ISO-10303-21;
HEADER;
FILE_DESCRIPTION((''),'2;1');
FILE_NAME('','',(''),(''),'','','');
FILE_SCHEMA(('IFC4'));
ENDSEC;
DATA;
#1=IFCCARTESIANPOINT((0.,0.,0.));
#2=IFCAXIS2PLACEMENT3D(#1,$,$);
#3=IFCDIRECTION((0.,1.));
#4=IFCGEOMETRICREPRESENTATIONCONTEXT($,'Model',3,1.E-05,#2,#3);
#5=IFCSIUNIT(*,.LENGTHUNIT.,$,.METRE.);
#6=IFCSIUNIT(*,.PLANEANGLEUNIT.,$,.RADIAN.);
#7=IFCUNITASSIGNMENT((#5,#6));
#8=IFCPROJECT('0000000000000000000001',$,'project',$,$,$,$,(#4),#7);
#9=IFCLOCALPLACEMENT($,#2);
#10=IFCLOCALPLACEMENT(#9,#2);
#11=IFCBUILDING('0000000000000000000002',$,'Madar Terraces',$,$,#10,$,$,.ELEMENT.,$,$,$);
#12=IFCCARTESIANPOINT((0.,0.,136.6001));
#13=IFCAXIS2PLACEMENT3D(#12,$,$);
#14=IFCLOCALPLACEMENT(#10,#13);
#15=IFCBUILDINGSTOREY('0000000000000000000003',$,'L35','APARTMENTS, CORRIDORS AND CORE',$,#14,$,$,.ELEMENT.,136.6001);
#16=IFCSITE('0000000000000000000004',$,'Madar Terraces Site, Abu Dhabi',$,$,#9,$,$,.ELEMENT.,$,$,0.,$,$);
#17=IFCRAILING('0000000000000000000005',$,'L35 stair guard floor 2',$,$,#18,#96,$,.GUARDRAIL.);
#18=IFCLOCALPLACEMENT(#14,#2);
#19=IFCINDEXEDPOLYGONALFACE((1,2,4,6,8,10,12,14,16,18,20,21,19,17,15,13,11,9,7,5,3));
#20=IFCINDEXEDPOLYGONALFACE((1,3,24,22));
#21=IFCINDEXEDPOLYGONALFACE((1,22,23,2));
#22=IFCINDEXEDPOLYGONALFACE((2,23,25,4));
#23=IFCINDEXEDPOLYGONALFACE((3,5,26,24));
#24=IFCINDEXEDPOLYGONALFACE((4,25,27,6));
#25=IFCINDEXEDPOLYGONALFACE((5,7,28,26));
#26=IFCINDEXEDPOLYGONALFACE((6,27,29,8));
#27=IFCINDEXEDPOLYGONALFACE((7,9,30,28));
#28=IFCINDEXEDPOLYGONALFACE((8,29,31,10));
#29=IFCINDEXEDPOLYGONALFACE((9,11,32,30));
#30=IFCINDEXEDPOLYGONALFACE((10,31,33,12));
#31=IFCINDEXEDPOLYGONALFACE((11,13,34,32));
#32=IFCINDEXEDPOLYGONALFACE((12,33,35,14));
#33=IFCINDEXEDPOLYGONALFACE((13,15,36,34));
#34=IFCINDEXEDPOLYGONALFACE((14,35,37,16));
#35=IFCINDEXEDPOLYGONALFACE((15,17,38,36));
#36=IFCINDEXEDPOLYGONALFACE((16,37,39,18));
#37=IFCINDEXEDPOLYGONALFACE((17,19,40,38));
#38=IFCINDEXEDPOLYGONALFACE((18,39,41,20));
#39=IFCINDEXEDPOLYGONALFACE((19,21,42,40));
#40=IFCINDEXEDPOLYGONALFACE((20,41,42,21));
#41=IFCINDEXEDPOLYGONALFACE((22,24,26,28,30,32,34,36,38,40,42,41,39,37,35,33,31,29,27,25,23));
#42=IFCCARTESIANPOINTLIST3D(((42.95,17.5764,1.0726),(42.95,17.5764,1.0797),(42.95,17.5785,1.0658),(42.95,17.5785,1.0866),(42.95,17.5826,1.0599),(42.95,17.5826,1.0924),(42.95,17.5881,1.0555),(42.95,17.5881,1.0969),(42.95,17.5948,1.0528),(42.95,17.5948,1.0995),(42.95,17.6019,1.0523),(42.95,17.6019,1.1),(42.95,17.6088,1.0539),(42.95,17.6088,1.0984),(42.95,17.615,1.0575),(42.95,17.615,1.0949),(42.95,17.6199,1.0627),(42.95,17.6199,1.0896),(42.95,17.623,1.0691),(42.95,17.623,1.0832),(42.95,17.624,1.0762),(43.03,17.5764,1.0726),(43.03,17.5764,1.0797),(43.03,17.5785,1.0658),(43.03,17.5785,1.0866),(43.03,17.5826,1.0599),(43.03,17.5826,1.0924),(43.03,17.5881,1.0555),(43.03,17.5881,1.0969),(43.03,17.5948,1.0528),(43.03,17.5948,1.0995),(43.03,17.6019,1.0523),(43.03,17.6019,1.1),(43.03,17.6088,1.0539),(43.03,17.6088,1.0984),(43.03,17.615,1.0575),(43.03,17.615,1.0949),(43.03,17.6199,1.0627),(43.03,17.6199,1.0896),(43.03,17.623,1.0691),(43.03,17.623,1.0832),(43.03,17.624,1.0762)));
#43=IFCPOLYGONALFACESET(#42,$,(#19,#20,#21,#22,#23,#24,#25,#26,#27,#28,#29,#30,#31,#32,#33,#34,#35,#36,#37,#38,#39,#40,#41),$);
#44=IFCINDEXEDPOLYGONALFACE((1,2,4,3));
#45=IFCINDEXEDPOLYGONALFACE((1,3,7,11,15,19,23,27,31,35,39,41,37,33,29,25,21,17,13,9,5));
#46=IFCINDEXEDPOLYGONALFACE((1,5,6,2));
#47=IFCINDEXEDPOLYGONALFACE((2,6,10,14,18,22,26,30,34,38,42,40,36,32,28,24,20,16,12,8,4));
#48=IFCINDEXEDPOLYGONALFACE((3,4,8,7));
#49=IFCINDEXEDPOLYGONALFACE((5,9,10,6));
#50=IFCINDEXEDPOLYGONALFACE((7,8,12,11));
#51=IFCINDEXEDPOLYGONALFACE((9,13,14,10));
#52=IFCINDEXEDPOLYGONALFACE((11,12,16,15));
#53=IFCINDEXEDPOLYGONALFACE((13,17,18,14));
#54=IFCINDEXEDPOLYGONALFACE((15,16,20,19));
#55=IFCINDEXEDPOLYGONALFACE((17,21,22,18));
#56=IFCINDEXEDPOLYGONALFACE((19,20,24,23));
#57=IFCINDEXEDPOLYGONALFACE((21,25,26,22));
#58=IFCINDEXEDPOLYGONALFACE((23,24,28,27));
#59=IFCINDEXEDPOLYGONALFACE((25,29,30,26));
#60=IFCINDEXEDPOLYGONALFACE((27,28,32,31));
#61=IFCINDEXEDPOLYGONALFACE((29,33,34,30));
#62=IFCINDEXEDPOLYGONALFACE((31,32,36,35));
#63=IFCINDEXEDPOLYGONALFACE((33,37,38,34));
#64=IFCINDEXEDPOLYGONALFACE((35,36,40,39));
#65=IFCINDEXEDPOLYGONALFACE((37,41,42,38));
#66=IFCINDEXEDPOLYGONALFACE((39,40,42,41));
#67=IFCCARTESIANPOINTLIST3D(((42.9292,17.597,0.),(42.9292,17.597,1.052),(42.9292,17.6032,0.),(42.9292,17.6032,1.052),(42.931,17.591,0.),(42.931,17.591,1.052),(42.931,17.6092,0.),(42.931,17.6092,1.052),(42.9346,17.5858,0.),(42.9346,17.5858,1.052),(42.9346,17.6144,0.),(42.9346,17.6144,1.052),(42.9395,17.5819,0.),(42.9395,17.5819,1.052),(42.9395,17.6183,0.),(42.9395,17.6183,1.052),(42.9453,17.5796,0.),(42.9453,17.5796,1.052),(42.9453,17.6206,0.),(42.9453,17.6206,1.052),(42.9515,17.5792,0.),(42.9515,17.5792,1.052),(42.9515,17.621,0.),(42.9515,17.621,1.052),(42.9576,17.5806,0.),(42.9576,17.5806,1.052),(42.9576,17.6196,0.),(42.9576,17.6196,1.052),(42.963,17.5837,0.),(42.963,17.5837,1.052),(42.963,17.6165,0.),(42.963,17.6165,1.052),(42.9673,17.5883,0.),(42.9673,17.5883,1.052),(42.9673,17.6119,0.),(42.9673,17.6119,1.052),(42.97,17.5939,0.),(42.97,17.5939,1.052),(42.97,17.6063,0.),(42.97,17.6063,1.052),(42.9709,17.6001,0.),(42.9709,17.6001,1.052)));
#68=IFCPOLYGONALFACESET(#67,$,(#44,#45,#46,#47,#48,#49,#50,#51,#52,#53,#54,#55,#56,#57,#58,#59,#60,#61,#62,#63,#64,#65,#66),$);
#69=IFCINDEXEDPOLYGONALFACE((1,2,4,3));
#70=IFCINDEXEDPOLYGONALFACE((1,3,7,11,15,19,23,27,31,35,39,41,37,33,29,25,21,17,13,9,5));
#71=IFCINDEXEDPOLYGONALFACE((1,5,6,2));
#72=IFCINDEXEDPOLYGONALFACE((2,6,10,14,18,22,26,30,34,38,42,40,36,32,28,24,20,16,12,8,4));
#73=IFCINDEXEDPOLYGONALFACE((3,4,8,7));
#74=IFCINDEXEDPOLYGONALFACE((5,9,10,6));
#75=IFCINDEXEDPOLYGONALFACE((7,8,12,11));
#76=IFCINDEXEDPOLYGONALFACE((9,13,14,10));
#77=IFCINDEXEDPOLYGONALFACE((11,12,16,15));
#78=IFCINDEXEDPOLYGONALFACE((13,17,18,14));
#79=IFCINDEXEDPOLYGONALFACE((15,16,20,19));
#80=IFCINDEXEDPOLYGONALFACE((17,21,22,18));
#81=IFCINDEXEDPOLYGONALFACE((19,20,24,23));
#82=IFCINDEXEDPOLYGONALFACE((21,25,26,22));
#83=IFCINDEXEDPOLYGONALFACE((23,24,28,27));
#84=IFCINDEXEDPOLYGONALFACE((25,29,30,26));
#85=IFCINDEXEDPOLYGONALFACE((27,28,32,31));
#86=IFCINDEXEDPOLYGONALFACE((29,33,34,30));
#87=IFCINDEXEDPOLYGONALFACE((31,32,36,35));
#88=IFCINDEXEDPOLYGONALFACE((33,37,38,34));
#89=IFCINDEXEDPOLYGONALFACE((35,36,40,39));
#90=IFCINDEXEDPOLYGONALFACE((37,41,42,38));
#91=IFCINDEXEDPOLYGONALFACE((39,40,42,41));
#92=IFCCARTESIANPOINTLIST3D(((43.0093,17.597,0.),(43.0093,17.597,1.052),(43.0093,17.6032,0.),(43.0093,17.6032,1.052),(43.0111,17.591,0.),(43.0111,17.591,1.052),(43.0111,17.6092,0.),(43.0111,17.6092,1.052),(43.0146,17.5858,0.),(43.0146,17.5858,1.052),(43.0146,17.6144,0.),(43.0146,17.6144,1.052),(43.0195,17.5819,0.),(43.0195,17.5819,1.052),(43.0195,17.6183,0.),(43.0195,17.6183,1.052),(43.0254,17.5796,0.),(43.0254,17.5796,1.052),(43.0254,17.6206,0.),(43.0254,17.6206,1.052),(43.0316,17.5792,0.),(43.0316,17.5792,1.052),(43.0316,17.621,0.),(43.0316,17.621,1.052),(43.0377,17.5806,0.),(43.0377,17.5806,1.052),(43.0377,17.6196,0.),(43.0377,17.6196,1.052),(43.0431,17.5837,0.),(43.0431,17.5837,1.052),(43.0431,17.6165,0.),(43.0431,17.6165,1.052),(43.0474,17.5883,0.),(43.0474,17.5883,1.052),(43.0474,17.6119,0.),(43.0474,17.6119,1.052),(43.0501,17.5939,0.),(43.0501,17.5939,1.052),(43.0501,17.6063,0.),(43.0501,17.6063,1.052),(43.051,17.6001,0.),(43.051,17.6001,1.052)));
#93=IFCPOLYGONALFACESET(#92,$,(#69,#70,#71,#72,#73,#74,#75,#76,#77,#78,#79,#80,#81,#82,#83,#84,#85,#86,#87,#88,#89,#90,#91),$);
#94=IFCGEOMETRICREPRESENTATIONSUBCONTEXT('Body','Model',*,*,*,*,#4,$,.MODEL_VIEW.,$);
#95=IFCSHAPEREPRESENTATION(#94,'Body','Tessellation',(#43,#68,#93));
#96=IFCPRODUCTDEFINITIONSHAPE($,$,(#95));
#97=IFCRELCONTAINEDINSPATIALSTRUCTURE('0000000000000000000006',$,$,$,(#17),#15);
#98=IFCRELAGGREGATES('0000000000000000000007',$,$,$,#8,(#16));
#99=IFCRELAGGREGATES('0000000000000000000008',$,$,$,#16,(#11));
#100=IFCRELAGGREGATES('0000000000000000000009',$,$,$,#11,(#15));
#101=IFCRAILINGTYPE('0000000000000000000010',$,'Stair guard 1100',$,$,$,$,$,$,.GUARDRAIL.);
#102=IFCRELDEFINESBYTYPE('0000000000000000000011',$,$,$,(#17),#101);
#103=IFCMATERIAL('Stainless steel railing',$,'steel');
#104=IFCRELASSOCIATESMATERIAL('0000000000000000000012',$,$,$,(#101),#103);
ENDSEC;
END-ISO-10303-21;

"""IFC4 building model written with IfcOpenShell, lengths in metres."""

from ifc_helpers import new_model, si_unit, direction, frame, origin, origin_2d, place, context, subcontext, project, spatial, circle, extrude, material, type_object, element, save


model = new_model("IFC4")

# Units and contexts
model_context = context("Model", 3, precision=1e-05, world=origin(), true_north=direction((0.0, 1.0)))
body_context = subcontext(model_context, "Body", "Model", "MODEL_VIEW")
ifc_project = project(units=[si_unit("LENGTHUNIT", "METRE"), si_unit("PLANEANGLEUNIT", "RADIAN")], contexts=[model_context])

# Site, building, storey
site_placement = place(None, origin())
site = spatial("IfcSite", under=ifc_project, at=site_placement, Name="Madar Terraces Site, Abu Dhabi", CompositionType="ELEMENT", RefElevation=0.0)
building_placement = place(site_placement, origin())
building = spatial("IfcBuilding", under=site, at=building_placement, Name="Madar Terraces", CompositionType="ELEMENT")
storey_placement = place(building_placement, frame((0.0, 0.0, 136.6001)))
storey = spatial("IfcBuildingStorey", under=building, at=storey_placement, Name="L35", Description="APARTMENTS, CORRIDORS AND CORE", CompositionType="ELEMENT", Elevation=136.6001)

# Railing
ifc_material_1 = material(Name="Stainless steel railing", Category="steel")
railing_type_1 = type_object("IfcRailingType", Name="Stair guard 1100", PredefinedType="GUARDRAIL", material=ifc_material_1)
railing_1_placement = place(storey_placement, frame((42.95, 17.6001, 0.0)))
element("IfcRailing", 1, at=railing_1_placement, inside=storey, type_object=railing_type_1, Name="L35 stair guard floor 2", PredefinedType="GUARDRAIL", context=body_context, shape_type="SweptSolid", body=[
    extrude(circle(Radius=0.0239, at=origin_2d()), frame((0.0, 0.0, 1.0762), z_axis=(1.0, 0.0, 0.0), x_axis=(0.0, 1.0, 0.0)), (0.0, 0.0, 1.0), 0.0801),
    extrude(circle(Radius=0.021, at=origin_2d()), origin(), (0.0, 0.0, 1.0), 1.052),
    extrude(circle(Radius=0.021, at=origin_2d()), frame((0.0801, 0.0, 0.0)), (0.0, 0.0, 1.0), 1.052),
])

save(model, "model.ifc")
